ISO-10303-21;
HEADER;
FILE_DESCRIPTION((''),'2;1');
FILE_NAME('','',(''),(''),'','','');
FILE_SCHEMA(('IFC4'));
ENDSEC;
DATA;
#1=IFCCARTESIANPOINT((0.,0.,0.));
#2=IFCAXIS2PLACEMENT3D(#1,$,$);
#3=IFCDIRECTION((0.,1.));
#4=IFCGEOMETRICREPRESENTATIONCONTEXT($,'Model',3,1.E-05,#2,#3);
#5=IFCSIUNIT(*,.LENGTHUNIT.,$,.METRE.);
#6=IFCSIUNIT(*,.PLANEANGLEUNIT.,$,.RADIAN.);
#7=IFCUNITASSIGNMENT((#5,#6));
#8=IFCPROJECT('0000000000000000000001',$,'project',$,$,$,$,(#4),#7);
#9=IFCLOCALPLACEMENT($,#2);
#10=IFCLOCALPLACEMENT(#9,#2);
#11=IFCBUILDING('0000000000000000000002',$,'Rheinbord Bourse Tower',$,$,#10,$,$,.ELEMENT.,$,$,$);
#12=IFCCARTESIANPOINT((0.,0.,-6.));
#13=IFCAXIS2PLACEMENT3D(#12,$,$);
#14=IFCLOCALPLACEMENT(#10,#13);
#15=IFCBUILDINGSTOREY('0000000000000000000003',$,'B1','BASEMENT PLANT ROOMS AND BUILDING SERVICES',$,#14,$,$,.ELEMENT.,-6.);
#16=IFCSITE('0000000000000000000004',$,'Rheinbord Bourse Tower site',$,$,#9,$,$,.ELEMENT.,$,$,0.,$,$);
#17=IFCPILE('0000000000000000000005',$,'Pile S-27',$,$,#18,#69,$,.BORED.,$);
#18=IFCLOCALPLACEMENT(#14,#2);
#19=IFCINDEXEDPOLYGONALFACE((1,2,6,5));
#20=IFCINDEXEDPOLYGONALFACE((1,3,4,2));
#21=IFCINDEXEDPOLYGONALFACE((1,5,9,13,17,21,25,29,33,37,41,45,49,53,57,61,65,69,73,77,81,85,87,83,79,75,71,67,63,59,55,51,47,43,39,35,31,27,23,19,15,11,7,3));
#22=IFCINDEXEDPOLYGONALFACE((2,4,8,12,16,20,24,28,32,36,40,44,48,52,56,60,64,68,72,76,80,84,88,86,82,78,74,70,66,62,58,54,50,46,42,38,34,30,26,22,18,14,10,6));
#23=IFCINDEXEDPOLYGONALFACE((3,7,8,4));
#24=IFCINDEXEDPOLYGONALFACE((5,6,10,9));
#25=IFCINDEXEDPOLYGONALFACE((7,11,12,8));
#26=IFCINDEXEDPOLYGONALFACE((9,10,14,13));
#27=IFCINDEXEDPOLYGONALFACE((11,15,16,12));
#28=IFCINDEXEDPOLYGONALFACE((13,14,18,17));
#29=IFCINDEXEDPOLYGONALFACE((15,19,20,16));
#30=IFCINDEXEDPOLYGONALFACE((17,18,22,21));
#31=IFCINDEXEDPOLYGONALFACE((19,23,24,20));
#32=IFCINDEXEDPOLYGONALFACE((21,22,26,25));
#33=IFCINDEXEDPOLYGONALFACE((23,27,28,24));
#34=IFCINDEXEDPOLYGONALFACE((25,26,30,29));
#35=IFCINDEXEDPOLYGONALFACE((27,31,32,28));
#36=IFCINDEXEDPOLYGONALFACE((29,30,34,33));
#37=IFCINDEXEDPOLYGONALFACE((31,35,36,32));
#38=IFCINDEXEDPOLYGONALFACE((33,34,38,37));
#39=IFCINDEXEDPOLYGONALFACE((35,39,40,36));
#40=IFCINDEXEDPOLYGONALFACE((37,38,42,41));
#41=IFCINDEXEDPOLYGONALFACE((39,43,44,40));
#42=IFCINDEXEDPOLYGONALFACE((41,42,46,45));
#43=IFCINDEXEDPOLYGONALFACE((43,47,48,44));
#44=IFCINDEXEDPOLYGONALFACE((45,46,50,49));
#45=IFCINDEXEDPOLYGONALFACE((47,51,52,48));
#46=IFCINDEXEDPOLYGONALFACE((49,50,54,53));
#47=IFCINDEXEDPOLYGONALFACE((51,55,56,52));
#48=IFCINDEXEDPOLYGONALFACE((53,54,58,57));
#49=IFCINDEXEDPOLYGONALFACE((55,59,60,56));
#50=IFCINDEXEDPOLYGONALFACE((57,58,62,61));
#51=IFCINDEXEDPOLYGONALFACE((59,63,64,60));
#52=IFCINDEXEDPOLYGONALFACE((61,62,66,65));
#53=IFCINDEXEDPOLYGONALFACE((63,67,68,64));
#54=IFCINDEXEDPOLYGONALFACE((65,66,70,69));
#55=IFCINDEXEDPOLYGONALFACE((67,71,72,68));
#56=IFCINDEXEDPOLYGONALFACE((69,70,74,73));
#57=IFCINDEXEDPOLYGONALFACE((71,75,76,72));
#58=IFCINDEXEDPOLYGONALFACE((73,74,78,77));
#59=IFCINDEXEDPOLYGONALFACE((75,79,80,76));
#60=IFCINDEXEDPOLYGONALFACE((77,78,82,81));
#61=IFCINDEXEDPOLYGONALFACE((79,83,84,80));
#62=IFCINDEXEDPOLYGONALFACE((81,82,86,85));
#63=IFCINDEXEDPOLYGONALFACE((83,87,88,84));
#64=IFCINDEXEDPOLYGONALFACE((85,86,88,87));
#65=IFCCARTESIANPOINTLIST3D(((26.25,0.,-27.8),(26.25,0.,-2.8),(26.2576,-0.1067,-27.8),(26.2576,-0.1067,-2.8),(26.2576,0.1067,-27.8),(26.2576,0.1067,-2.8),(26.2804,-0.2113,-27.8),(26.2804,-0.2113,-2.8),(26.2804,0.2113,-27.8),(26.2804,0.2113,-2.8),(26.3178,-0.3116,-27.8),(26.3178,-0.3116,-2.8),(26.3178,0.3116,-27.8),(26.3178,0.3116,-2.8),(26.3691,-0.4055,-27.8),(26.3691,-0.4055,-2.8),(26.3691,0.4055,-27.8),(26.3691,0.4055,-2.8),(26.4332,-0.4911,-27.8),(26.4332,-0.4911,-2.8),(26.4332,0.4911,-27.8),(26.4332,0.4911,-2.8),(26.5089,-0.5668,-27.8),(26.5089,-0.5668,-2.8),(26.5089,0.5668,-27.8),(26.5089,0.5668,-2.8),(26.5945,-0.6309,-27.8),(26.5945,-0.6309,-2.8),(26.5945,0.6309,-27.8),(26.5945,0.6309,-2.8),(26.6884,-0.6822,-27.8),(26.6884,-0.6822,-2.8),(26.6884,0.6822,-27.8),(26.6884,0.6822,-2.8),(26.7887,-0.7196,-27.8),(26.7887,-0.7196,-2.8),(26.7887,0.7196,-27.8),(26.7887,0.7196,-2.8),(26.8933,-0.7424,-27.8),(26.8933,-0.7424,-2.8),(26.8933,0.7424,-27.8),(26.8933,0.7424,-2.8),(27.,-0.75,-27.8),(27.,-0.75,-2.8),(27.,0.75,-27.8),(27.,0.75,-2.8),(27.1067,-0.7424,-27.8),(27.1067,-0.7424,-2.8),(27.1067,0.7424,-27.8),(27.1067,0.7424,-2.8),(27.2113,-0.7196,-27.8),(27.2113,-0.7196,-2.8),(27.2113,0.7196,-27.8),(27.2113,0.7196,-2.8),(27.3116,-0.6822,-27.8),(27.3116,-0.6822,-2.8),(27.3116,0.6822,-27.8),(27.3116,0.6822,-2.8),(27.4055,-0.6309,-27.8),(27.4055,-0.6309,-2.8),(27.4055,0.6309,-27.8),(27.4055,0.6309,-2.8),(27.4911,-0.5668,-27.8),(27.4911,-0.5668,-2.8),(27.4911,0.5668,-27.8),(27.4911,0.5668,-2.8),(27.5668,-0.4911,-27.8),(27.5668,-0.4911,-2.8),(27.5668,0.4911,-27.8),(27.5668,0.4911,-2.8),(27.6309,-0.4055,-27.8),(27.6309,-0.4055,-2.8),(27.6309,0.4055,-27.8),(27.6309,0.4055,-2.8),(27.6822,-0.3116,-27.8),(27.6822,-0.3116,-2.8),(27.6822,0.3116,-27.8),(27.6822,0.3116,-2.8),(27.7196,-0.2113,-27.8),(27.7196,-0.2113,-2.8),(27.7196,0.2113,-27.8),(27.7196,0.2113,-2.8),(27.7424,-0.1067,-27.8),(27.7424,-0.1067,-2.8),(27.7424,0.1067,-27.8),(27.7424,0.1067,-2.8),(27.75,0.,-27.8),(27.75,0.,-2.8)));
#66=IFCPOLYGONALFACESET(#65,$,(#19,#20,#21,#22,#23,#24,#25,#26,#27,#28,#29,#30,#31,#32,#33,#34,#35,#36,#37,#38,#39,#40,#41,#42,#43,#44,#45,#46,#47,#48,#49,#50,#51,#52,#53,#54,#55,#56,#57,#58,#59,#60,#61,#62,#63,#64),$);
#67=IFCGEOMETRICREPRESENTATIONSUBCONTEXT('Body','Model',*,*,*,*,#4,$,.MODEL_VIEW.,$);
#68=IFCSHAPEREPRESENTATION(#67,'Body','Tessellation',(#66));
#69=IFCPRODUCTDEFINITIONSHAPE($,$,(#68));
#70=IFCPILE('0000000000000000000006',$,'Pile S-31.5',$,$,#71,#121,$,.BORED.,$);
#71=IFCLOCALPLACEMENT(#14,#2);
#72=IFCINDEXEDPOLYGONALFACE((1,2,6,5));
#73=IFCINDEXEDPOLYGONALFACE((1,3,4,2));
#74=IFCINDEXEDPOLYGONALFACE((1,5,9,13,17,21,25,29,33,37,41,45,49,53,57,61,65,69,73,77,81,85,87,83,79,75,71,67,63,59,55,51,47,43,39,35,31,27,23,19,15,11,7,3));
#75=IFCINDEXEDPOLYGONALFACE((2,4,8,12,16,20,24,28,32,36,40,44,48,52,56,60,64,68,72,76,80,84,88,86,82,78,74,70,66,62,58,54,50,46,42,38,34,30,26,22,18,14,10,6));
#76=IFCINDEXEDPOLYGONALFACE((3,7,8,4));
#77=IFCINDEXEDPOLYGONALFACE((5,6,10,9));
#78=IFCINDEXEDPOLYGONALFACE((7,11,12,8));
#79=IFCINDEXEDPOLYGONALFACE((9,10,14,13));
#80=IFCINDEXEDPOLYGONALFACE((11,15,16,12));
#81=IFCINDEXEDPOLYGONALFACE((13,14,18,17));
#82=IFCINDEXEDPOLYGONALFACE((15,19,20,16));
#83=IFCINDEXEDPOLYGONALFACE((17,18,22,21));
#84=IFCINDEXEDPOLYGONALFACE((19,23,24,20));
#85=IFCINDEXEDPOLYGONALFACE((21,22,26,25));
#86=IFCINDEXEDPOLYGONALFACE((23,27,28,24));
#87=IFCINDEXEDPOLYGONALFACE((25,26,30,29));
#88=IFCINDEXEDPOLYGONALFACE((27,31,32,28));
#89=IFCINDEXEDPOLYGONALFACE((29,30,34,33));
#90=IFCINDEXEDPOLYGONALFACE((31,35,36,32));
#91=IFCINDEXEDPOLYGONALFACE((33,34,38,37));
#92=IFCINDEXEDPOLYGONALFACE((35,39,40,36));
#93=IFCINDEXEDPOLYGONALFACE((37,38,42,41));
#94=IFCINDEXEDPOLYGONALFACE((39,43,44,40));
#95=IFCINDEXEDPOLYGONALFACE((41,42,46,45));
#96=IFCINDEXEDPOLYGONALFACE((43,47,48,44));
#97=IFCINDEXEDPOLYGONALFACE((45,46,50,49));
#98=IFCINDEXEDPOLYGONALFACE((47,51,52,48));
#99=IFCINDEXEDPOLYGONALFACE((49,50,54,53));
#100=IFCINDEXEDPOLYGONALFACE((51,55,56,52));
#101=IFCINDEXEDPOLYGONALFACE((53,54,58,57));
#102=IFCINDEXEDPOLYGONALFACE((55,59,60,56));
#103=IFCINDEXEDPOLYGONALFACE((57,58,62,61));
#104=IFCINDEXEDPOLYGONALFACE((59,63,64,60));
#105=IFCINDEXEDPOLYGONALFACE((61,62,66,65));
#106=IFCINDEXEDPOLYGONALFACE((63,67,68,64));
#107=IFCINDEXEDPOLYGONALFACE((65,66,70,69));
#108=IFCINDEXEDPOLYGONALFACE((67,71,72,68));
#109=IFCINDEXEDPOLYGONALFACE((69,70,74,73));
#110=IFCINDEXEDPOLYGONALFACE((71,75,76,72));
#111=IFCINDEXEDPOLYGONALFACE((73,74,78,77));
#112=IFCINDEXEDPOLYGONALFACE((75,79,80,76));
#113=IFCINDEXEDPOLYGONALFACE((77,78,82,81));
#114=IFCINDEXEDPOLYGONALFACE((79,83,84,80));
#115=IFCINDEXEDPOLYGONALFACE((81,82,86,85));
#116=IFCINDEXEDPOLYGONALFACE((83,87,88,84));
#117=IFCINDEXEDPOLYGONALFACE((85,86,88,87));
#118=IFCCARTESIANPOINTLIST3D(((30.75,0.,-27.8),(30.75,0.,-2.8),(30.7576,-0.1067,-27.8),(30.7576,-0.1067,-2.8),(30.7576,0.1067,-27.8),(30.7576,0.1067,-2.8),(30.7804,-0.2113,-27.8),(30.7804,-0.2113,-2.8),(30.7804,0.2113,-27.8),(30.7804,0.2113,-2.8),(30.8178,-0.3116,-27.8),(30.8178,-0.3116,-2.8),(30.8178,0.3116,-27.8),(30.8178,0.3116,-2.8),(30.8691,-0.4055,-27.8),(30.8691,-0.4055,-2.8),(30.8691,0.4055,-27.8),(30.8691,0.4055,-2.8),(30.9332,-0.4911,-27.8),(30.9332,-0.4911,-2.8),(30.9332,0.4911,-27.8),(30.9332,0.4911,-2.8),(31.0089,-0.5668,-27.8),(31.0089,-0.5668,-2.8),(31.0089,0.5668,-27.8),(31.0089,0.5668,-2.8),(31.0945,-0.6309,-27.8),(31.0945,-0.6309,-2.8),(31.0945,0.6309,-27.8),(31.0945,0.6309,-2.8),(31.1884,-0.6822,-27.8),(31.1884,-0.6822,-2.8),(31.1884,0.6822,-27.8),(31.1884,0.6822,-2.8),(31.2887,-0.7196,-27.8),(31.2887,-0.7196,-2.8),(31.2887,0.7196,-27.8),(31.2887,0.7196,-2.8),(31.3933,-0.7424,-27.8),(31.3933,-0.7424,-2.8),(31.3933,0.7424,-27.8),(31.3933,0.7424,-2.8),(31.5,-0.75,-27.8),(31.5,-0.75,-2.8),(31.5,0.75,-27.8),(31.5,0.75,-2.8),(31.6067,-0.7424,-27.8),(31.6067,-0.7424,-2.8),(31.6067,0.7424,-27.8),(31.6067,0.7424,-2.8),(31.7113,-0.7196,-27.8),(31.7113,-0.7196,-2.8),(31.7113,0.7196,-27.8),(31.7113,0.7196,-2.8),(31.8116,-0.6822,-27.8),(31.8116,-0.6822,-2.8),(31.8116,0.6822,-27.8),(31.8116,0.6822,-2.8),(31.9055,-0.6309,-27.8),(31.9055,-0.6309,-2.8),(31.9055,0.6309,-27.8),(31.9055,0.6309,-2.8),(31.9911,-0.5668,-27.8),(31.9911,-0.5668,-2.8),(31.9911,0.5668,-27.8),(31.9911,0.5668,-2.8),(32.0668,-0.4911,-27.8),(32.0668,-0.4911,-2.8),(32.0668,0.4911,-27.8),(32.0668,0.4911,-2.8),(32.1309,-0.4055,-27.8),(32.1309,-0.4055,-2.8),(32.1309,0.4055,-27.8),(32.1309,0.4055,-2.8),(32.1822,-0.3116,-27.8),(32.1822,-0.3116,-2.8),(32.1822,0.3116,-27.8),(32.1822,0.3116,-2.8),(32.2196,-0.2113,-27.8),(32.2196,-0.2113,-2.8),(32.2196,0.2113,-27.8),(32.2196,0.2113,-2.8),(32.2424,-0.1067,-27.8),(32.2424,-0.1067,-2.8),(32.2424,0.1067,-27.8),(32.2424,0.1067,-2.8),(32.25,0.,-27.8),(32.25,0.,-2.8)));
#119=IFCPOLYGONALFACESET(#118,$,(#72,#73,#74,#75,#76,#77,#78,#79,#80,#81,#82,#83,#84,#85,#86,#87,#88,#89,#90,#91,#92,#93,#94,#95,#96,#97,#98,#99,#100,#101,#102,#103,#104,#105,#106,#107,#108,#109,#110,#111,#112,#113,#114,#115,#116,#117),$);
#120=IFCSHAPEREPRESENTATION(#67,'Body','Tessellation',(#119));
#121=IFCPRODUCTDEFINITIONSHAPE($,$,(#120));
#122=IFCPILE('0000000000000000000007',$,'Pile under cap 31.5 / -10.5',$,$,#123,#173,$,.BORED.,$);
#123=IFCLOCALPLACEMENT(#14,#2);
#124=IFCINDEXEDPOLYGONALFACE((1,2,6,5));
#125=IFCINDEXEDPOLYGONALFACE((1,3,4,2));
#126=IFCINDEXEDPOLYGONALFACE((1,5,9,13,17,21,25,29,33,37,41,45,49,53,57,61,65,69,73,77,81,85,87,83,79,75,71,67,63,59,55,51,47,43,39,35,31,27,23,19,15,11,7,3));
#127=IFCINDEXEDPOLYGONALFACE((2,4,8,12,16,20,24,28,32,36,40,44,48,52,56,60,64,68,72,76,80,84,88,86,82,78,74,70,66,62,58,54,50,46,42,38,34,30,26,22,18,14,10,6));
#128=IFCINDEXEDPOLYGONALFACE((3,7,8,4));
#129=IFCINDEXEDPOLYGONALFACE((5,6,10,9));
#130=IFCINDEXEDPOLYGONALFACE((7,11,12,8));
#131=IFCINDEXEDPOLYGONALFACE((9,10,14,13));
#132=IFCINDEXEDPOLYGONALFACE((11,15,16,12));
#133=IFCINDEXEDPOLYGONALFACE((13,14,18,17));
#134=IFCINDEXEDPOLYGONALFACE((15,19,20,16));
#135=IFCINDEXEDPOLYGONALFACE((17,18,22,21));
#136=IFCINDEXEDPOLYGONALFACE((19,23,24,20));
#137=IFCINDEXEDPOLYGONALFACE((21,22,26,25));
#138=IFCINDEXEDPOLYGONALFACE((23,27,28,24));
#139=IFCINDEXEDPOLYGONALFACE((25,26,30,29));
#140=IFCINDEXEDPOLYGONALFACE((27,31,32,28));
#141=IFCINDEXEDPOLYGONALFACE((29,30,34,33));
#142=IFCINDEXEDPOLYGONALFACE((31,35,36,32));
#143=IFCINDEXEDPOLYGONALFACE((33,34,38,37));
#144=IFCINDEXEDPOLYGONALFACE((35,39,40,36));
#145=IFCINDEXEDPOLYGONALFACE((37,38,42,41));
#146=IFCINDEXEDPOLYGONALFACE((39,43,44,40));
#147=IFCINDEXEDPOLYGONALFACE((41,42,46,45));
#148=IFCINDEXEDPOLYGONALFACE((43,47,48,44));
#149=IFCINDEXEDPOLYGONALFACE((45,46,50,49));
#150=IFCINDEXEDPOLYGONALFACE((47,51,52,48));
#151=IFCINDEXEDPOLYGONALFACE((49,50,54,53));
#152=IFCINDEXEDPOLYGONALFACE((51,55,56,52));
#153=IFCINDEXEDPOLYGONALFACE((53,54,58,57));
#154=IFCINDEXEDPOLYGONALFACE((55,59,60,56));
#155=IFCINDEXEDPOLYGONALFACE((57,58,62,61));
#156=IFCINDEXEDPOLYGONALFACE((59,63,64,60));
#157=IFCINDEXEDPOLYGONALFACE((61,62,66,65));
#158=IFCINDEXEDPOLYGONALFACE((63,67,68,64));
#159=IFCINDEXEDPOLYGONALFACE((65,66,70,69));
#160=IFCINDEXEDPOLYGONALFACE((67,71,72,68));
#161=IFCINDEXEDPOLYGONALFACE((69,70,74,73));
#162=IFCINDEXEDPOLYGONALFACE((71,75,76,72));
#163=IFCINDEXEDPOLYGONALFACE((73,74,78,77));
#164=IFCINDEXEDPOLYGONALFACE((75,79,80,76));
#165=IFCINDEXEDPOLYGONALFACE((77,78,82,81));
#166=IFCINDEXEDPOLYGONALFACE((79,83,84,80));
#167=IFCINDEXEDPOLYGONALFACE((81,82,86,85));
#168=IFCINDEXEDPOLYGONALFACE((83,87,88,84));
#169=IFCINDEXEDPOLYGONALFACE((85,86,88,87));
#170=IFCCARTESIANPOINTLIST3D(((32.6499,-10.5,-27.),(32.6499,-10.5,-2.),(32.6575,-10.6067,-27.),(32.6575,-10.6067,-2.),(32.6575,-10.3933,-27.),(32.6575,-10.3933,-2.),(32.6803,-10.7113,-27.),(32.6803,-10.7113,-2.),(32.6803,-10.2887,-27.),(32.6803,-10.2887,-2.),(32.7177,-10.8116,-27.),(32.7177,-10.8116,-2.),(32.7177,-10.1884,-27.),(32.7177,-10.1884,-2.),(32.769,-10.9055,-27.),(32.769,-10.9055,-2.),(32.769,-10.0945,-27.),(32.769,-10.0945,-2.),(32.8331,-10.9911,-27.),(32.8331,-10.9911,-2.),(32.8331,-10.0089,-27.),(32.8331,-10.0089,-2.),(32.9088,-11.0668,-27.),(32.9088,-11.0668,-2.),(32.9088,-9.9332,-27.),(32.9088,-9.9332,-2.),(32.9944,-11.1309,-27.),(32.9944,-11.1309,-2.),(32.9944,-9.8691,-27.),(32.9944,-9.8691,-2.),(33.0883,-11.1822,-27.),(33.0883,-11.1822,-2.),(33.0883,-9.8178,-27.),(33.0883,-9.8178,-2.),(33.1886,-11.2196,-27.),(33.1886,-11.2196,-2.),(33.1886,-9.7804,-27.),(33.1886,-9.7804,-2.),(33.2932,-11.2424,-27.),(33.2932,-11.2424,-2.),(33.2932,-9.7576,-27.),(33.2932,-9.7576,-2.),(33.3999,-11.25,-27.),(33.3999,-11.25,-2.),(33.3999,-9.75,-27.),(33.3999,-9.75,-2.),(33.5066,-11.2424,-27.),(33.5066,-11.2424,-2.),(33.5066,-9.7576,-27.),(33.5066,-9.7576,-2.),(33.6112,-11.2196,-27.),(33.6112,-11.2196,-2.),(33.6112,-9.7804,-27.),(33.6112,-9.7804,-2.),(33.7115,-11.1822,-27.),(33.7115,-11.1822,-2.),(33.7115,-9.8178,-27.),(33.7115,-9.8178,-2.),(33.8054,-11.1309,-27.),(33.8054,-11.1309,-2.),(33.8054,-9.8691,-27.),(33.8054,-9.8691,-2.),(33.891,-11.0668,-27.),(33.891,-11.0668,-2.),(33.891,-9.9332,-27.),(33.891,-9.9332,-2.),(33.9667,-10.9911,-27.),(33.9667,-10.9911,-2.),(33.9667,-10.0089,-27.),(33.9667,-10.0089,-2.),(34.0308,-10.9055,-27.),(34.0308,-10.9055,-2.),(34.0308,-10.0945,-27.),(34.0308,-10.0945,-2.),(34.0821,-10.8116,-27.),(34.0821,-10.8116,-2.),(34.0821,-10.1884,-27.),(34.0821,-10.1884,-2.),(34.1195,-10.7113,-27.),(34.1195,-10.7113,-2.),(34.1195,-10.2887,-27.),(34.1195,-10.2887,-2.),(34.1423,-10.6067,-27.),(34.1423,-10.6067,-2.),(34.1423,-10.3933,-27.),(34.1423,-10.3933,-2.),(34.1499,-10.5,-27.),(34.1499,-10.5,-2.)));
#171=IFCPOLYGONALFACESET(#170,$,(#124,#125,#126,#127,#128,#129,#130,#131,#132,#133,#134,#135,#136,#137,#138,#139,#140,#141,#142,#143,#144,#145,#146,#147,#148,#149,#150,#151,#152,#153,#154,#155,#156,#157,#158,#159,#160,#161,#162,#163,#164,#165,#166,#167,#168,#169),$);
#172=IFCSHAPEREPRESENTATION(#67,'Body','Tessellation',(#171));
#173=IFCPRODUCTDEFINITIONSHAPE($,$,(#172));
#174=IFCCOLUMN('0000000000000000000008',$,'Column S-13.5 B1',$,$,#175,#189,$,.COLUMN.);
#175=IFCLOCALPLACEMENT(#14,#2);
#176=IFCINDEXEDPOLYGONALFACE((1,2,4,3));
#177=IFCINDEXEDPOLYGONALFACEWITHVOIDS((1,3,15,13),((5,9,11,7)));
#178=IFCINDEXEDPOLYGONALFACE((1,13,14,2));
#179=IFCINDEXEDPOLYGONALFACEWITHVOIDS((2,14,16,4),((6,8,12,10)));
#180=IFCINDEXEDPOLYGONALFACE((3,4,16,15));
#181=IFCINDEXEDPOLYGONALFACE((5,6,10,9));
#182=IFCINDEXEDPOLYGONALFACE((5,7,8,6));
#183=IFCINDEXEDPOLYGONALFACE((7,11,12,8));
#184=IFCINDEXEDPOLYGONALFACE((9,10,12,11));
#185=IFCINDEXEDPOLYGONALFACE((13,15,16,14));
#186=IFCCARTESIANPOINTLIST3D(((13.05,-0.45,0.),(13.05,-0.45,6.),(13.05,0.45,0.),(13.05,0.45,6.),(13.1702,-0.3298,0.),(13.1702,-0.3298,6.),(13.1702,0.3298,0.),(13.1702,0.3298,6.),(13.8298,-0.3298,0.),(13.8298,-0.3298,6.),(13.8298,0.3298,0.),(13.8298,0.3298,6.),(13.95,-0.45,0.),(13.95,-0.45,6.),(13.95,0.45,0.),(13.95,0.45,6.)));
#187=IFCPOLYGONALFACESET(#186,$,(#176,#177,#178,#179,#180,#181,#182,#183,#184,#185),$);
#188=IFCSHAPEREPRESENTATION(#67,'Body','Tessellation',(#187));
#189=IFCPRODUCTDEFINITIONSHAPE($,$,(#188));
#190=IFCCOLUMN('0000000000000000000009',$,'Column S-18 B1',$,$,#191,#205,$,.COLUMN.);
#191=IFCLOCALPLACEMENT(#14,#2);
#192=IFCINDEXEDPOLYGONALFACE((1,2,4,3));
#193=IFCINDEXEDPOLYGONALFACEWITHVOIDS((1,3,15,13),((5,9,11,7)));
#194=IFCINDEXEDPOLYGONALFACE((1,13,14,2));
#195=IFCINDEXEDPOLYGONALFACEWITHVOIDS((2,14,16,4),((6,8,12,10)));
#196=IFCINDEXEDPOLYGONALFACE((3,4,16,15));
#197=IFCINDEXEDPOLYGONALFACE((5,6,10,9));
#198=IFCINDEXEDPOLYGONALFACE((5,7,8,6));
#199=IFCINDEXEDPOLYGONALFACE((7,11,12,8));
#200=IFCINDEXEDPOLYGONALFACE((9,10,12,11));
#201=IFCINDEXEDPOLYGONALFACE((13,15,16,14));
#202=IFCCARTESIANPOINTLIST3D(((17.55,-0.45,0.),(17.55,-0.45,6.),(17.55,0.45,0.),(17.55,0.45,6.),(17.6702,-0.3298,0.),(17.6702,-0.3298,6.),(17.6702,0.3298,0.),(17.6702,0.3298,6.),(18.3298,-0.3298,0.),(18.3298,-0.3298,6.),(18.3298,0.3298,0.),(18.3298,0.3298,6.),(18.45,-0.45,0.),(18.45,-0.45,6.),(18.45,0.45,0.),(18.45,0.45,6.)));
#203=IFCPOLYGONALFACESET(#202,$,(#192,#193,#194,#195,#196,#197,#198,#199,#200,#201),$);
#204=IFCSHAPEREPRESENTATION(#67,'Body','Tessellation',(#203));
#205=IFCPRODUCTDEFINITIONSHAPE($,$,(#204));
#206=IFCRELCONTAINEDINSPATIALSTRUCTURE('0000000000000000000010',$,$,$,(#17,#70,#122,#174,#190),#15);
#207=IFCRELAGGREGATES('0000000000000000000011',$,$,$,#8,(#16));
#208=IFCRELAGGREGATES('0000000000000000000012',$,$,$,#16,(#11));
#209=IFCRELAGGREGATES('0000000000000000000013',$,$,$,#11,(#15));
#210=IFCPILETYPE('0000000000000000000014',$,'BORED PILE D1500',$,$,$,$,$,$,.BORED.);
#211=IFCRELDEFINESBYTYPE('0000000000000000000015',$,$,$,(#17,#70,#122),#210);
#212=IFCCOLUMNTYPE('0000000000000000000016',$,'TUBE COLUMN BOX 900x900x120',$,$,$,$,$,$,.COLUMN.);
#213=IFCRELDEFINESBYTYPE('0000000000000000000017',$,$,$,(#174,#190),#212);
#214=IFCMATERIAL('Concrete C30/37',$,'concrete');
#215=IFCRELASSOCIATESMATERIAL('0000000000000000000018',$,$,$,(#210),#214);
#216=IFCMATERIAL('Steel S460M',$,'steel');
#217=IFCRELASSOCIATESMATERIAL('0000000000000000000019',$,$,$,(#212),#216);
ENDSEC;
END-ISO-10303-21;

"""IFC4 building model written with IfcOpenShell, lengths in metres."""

from ifc_helpers import new_model, si_unit, direction, frame, origin, origin_2d, place, context, subcontext, project, spatial, hollow_rectangle, circle, extrude, material, material_profile, profile_set, type_object, element, save


model = new_model("IFC4")

# Units and contexts
model_context = context("Model", 3, precision=1e-05, world=origin(), true_north=direction((0.0, 1.0)))
body_context = subcontext(model_context, "Body", "Model", "MODEL_VIEW")
ifc_project = project(units=[si_unit("LENGTHUNIT", "METRE"), si_unit("PLANEANGLEUNIT", "RADIAN")], contexts=[model_context])

# Site, building, storey
site_placement = place(None, origin())
site = spatial("IfcSite", under=ifc_project, at=site_placement, Name="Rheinbord Bourse Tower site", CompositionType="ELEMENT", RefElevation=0.0)
building_placement = place(site_placement, origin())
building = spatial("IfcBuilding", under=site, at=building_placement, Name="Rheinbord Bourse Tower", CompositionType="ELEMENT")
storey_placement = place(building_placement, frame((0.0, 0.0, -6.0)))
storey = spatial("IfcBuildingStorey", under=building, at=storey_placement, Name="B1", Description="BASEMENT PLANT ROOMS AND BUILDING SERVICES", CompositionType="ELEMENT", Elevation=-6.0)

# Piles
ifc_material_1 = material(Name="Concrete C30/37", Category="concrete")
ifc_material_profile_1 = material_profile(ifc_material_1, circle(Radius=0.75, at=origin_2d()), Name="D1500")
ifc_profile_set_1 = profile_set([ifc_material_profile_1], Name="Concrete C30/37")
pile_type = type_object("IfcPileType", Name="BORED PILE D1500", PredefinedType="BORED", material=ifc_profile_set_1)
for number, where, z_axis, x_axis, name in (
    (1, (27.0, 0.0, -2.8), (0.0, 0.0, -1.0), (1.0, 0.0, 0.0), "Pile S-27"),
    (2, (31.5, 0.0, -2.8), (0.0, 0.0, -1.0), (1.0, 0.0, 0.0), "Pile S-31.5"),
    (3, (33.3999, -10.5, -2.0), (0.0, 0.0, -1.0), (1.0, 0.0, 0.0), "Pile under cap 31.5 / -10.5"),
):
    element("IfcPile", number, at=place(storey_placement, frame(where, z_axis=z_axis, x_axis=x_axis)), inside=storey, type_object=pile_type, Name=name, PredefinedType="BORED", context=body_context, shape_type="SweptSolid", body=[
        extrude(circle(Radius=0.75, at=origin_2d()), origin(), (0.0, 0.0, 1.0), 25.0),
    ])

# Columns
ifc_material_2 = material(Name="Steel S460M", Category="steel")
ifc_material_profile_2 = material_profile(ifc_material_2, hollow_rectangle(XDim=0.8999, YDim=0.8999, WallThickness=0.1201, at=origin_2d()), Name="BOX 900x900x120")
ifc_profile_set_2 = profile_set([ifc_material_profile_2], Name="Steel S460M")
column_type = type_object("IfcColumnType", Name="TUBE COLUMN BOX 900x900x120", PredefinedType="COLUMN", material=ifc_profile_set_2)
for number, where, z_axis, x_axis, name in (
    (4, (13.5, 0.0, 0.0), (0.0, 0.0, 1.0), (0.0, 1.0, 0.0), "Column S-13.5 B1"),
    (5, (18.0, 0.0, 0.0), (0.0, 0.0, 1.0), (0.0, 1.0, 0.0), "Column S-18 B1"),
):
    element("IfcColumn", number, at=place(storey_placement, frame(where, z_axis=z_axis, x_axis=x_axis)), inside=storey, type_object=column_type, Name=name, PredefinedType="COLUMN", context=body_context, shape_type="SweptSolid", body=[
        extrude(hollow_rectangle(XDim=0.8999, YDim=0.8999, WallThickness=0.1201, at=origin_2d()), origin(), (0.0, 0.0, 1.0), 6.0),
    ])

save(model, "model.ifc")
